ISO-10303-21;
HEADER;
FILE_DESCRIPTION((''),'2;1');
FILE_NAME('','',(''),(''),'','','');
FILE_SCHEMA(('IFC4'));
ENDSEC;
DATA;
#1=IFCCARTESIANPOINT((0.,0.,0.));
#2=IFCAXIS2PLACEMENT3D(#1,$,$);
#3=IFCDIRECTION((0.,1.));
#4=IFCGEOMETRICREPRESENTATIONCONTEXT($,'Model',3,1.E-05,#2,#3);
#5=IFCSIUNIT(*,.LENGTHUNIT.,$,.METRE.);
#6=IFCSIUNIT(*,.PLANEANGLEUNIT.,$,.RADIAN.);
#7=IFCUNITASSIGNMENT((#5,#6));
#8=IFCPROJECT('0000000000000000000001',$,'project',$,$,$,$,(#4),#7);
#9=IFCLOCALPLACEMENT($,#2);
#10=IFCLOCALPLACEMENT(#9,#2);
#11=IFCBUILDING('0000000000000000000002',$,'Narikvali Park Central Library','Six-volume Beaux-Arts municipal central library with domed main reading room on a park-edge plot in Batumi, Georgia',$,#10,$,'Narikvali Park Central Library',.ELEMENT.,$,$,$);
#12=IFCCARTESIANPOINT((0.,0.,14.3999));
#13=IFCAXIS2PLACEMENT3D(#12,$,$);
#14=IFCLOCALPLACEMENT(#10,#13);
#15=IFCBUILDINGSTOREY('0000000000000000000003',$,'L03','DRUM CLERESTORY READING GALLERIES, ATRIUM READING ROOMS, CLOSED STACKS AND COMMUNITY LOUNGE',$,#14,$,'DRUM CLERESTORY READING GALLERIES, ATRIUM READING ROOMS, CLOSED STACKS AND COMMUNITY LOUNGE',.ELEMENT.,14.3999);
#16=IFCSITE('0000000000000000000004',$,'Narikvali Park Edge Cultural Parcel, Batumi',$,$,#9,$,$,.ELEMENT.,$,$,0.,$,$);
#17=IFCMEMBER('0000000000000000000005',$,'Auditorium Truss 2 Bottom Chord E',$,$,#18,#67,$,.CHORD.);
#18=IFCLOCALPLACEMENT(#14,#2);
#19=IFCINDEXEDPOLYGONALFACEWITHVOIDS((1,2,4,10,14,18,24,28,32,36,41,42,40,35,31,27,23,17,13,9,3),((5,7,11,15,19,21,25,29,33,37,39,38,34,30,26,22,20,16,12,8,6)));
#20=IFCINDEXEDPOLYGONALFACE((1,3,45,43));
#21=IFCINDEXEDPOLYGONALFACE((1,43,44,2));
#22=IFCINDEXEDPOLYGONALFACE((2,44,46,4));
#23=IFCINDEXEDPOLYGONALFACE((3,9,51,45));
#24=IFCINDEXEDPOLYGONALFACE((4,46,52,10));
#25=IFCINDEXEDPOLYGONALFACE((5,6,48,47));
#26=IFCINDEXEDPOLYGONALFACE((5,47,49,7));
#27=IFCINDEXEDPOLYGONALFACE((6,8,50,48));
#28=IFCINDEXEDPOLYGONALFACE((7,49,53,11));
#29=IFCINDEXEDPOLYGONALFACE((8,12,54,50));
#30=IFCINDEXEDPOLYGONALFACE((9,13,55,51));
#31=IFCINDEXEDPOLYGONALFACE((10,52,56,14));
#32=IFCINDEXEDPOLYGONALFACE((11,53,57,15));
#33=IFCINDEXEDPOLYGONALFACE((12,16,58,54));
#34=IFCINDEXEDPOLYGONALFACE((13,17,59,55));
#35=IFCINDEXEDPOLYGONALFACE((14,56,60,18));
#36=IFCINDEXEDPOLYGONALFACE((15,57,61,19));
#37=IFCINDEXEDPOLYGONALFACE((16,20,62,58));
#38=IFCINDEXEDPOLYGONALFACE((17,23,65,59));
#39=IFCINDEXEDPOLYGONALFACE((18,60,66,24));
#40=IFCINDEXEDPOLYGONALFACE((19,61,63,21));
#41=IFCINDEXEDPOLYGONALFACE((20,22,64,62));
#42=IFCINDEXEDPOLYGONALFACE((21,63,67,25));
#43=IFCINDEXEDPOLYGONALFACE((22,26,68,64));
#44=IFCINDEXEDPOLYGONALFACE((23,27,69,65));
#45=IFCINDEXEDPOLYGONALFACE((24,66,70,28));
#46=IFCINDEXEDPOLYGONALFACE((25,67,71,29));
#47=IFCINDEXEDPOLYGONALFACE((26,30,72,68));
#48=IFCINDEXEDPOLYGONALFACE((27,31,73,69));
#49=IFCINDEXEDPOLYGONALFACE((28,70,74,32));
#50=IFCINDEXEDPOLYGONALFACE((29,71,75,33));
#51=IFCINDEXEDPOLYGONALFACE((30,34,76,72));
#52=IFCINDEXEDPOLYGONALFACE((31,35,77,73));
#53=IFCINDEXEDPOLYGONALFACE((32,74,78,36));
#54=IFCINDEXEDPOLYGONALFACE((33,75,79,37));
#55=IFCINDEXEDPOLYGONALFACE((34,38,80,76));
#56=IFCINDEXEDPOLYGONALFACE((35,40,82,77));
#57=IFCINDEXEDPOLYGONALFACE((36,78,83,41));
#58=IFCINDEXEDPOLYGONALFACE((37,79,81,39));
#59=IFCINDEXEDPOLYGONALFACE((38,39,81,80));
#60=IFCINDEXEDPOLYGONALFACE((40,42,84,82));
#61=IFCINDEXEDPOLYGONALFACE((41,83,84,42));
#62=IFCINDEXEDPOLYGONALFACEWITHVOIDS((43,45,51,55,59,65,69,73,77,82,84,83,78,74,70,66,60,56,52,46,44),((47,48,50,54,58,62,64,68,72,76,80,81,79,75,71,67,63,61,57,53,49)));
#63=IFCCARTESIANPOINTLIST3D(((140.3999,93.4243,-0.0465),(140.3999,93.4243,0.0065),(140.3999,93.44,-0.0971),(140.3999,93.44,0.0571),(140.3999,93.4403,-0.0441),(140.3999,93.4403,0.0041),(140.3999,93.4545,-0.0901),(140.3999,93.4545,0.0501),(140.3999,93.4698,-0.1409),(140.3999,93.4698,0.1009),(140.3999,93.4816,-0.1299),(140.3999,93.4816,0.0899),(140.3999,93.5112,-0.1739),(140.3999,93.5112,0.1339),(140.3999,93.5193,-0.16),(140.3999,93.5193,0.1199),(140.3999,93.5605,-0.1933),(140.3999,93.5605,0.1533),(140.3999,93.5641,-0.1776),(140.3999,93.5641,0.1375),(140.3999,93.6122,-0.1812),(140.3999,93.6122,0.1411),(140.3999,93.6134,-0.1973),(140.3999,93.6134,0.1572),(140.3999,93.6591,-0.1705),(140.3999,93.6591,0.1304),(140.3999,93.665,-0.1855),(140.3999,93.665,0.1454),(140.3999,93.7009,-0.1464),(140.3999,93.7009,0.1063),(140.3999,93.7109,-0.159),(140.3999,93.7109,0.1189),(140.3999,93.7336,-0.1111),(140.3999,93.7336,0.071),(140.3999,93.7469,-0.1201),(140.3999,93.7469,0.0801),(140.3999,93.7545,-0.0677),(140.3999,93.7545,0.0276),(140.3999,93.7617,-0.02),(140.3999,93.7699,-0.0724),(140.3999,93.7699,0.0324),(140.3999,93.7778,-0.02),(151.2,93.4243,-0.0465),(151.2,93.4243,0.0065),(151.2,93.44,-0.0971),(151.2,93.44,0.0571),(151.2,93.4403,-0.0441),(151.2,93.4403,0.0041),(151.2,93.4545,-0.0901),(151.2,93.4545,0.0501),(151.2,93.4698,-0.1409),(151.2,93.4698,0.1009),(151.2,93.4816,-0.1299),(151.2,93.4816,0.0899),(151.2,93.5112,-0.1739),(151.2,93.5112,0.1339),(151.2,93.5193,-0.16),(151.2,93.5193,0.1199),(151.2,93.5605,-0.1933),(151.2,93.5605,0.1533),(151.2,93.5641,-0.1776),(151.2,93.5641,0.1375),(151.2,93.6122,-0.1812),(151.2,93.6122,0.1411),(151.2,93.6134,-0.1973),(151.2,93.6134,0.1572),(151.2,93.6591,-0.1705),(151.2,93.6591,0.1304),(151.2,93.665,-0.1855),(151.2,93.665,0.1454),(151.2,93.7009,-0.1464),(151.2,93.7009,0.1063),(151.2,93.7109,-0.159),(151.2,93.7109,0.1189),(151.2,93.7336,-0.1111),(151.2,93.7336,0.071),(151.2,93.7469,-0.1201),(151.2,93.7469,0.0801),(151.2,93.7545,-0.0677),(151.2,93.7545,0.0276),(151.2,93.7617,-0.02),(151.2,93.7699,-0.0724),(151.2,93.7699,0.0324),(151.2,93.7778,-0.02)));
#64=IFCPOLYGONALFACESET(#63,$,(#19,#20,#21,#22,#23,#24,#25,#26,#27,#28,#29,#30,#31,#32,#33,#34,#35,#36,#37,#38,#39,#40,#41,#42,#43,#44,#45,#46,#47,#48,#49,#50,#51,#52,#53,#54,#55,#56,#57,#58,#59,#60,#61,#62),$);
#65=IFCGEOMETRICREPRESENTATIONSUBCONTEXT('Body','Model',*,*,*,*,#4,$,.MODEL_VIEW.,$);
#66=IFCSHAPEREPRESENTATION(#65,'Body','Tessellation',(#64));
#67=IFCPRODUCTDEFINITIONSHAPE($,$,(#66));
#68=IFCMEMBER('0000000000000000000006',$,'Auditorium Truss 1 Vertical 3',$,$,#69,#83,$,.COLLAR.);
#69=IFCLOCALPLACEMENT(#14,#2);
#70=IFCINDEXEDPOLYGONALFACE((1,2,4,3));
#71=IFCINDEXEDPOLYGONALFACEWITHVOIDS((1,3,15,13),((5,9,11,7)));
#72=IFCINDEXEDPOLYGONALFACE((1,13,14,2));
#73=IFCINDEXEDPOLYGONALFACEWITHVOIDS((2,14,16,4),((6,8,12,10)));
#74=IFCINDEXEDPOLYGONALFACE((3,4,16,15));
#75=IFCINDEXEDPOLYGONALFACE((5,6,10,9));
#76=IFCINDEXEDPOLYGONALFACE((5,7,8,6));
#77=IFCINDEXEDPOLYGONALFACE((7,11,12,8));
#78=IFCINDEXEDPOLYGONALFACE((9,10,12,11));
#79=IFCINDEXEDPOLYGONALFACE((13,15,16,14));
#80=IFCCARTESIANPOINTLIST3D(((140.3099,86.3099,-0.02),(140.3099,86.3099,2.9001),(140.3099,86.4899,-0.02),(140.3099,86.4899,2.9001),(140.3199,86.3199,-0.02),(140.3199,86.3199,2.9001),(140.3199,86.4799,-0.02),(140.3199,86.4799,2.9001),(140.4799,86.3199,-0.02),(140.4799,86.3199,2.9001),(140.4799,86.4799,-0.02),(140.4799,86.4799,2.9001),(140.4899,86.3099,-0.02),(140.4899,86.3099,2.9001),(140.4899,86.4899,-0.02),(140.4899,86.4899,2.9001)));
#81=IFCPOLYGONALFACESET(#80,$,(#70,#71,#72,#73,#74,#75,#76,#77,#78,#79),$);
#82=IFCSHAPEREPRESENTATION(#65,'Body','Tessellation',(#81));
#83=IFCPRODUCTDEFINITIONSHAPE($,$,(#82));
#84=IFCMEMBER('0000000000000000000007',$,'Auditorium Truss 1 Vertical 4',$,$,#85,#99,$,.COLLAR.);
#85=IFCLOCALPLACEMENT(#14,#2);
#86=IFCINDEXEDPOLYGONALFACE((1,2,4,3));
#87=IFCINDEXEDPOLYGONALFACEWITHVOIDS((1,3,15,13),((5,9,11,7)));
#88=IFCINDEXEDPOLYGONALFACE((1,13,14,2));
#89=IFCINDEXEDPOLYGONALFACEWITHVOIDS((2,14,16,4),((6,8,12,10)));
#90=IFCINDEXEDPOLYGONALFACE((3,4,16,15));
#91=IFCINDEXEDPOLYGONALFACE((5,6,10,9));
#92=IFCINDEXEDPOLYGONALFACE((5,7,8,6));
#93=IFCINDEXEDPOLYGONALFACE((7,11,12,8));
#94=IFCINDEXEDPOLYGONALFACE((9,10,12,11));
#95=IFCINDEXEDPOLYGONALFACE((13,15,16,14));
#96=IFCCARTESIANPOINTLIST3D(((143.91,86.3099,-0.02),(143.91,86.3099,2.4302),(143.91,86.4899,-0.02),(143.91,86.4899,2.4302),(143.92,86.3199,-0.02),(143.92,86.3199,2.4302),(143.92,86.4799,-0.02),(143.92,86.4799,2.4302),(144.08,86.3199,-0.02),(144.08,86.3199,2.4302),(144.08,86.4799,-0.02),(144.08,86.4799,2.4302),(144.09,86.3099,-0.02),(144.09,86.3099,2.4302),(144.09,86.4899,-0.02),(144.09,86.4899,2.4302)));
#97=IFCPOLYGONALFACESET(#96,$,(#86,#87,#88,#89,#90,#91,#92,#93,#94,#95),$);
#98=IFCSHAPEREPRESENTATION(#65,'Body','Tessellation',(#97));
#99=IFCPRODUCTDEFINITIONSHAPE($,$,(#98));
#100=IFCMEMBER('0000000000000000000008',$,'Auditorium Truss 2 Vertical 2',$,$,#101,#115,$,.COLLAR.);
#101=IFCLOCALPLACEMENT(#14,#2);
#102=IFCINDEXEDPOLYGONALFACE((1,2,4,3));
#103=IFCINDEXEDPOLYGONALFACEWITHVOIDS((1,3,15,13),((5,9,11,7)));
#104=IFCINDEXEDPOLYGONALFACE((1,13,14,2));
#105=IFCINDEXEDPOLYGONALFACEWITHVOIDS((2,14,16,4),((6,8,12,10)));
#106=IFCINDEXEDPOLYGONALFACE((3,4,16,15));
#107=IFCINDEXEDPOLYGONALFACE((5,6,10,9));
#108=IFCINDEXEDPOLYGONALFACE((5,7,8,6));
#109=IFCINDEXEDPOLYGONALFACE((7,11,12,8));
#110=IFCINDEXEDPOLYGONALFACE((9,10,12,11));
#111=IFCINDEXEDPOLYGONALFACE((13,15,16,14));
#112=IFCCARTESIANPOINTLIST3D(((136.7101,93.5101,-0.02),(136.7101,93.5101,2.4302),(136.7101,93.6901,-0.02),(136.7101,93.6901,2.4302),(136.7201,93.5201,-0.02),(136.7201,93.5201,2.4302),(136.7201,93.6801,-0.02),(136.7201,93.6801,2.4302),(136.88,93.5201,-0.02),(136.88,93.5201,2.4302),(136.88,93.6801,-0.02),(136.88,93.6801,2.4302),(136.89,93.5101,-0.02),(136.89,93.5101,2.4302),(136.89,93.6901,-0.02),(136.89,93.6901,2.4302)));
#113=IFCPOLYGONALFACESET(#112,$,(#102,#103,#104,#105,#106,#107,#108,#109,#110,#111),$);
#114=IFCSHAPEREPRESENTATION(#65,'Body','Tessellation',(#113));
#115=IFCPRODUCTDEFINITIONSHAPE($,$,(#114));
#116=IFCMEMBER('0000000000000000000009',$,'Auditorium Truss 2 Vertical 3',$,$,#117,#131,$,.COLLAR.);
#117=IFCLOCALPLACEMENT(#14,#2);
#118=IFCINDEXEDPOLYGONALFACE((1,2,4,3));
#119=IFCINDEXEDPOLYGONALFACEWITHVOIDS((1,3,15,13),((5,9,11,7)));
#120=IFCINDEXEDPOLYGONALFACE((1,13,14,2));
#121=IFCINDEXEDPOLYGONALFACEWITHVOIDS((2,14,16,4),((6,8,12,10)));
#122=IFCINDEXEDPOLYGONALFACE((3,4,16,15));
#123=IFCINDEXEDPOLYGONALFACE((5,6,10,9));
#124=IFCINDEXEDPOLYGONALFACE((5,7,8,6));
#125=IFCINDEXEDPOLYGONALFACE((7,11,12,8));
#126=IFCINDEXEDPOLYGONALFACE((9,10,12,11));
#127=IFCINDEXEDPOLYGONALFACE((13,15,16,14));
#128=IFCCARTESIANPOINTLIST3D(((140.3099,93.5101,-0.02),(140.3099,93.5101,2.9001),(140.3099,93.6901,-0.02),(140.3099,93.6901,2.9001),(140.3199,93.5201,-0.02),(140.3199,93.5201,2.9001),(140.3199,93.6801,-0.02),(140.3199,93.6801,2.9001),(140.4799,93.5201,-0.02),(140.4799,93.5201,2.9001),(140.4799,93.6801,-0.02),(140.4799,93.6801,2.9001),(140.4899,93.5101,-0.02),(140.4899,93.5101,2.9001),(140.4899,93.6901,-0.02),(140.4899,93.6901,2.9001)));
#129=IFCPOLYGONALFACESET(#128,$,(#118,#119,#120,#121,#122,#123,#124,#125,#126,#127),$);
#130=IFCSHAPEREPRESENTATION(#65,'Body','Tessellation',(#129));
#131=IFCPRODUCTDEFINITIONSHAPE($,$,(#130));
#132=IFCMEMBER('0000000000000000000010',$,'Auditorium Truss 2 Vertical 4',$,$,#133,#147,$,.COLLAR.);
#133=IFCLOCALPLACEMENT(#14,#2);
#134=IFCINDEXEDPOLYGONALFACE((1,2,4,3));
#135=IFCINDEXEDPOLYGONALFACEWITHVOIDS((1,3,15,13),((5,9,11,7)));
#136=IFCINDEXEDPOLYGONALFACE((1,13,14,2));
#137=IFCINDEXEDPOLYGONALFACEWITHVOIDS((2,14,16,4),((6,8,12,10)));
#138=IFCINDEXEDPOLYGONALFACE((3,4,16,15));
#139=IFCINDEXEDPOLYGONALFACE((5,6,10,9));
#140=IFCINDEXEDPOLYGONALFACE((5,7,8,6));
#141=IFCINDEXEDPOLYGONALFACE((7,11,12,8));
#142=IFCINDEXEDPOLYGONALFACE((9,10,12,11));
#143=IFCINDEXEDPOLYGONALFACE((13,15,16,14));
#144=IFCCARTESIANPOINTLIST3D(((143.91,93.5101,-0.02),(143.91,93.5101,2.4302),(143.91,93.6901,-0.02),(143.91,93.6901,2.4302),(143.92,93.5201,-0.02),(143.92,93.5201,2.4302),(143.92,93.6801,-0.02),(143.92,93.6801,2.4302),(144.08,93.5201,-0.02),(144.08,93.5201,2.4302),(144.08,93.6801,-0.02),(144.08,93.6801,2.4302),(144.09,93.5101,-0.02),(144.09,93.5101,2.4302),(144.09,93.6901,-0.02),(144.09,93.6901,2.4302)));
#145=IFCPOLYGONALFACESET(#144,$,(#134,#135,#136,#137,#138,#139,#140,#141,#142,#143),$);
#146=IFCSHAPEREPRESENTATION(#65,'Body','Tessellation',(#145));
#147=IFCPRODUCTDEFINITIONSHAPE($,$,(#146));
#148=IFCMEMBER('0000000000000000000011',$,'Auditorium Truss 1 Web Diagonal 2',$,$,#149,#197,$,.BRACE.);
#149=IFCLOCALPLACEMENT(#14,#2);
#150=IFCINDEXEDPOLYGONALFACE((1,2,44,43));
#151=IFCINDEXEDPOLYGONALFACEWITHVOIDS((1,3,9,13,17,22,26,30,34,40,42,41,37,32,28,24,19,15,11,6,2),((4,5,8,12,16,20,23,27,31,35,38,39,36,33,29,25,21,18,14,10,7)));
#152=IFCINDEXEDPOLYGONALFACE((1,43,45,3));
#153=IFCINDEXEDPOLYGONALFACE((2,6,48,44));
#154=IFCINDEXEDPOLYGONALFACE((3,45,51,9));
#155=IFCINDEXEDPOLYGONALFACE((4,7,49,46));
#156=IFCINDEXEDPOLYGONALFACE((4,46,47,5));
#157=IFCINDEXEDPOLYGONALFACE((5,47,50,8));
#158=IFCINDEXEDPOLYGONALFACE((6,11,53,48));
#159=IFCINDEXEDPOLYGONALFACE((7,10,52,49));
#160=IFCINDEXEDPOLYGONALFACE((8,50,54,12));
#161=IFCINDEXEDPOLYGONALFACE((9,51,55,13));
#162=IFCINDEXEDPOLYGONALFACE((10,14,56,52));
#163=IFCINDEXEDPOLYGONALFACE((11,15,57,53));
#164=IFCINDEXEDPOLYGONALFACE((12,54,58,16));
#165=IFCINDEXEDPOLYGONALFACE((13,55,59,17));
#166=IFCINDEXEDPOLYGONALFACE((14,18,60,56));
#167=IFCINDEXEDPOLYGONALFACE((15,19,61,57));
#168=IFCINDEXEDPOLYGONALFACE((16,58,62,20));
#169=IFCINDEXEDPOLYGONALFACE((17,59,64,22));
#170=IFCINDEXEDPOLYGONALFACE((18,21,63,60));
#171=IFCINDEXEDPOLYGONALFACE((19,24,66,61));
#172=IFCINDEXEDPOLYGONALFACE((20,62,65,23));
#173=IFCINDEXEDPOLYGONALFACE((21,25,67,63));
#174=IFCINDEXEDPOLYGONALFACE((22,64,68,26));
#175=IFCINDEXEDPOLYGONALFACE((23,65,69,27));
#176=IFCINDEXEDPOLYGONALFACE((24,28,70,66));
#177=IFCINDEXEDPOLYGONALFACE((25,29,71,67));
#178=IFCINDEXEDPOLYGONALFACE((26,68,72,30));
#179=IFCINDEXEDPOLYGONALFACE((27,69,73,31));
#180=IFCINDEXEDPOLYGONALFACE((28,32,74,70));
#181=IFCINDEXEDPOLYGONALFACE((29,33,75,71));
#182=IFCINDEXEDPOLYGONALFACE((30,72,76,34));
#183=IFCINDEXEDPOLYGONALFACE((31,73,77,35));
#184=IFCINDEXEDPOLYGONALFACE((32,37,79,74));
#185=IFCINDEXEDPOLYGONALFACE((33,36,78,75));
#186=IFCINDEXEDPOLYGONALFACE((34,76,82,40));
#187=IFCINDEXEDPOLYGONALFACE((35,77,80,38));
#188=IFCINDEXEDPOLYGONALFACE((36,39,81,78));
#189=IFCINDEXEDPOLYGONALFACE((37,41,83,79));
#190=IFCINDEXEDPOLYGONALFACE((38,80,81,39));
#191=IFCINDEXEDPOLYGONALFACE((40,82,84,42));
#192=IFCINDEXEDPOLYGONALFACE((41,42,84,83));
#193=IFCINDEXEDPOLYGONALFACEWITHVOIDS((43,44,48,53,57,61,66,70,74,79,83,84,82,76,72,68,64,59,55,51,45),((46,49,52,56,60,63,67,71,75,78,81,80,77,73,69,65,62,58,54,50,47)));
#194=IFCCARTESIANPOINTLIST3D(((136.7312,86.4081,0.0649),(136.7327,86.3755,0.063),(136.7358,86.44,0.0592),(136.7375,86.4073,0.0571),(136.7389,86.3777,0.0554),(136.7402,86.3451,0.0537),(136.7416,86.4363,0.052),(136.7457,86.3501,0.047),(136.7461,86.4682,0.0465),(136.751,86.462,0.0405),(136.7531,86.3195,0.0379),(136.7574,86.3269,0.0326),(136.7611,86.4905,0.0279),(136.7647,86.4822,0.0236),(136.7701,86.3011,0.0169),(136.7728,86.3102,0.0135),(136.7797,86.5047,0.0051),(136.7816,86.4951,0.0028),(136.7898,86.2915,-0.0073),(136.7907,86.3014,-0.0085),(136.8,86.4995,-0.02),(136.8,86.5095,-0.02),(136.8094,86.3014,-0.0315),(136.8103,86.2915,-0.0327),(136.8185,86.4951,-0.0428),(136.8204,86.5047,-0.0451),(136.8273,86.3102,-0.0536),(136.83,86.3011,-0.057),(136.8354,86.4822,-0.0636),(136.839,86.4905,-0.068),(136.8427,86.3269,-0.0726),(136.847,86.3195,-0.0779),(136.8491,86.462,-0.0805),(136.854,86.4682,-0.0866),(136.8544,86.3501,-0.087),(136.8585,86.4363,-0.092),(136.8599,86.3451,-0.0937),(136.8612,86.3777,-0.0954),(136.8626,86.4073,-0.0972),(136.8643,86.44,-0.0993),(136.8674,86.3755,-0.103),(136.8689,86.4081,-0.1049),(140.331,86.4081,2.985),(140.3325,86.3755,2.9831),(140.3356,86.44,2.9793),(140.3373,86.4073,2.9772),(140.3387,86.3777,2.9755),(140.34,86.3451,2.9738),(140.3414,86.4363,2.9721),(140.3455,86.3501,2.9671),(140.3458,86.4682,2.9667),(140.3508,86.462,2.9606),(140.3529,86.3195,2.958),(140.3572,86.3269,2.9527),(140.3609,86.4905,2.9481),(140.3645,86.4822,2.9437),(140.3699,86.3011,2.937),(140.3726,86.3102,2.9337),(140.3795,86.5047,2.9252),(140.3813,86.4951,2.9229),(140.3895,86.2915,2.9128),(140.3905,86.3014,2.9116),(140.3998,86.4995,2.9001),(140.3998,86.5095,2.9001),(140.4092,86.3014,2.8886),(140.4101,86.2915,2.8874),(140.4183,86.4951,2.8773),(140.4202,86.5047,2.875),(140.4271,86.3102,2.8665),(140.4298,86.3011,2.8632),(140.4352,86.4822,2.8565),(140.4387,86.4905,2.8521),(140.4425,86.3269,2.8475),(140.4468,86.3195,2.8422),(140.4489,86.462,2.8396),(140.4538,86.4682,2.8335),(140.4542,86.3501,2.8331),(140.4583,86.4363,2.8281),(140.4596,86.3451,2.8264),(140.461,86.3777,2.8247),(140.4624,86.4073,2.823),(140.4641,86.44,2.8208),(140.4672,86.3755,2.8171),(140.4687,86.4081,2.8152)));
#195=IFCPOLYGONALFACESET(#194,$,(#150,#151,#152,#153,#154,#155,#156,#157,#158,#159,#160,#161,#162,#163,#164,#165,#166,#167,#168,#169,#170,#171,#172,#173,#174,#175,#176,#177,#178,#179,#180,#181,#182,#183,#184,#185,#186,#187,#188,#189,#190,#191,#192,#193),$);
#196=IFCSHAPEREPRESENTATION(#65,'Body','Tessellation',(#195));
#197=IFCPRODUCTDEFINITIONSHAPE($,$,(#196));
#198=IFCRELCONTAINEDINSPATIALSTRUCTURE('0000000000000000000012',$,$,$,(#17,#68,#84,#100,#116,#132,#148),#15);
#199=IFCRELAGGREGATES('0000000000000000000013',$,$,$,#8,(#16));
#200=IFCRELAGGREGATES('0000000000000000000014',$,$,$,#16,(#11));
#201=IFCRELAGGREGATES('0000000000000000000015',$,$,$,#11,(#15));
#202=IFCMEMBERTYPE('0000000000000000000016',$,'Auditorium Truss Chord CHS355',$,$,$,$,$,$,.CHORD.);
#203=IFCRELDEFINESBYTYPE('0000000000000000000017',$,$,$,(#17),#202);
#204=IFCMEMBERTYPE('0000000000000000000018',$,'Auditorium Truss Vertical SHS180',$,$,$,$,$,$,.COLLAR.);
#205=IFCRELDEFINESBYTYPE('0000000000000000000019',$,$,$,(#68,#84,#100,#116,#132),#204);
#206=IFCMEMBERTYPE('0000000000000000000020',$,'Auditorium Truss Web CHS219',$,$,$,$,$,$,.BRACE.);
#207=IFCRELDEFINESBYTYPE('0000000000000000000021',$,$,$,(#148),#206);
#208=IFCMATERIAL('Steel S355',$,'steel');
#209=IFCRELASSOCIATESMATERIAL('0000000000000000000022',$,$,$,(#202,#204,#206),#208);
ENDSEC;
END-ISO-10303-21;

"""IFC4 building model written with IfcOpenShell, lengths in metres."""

from ifc_helpers import new_model, si_unit, direction, frame, origin, origin_2d, place, context, subcontext, project, spatial, hollow_rectangle, hollow_circle, extrude, material, material_profile, profile_set, type_object, element, save


model = new_model("IFC4")

# Units and contexts
model_context = context("Model", 3, precision=1e-05, world=origin(), true_north=direction((0.0, 1.0)))
body_context = subcontext(model_context, "Body", "Model", "MODEL_VIEW")
ifc_project = project(units=[si_unit("LENGTHUNIT", "METRE"), si_unit("PLANEANGLEUNIT", "RADIAN")], contexts=[model_context])

# Site, building, storey
site_placement = place(None, origin())
site = spatial("IfcSite", under=ifc_project, at=site_placement, Name="Narikvali Park Edge Cultural Parcel, Batumi", CompositionType="ELEMENT", RefElevation=0.0)
building_placement = place(site_placement, origin())
building = spatial("IfcBuilding", under=site, at=building_placement, Name="Narikvali Park Central Library", Description="Six-volume Beaux-Arts municipal central library with domed main reading room on a park-edge plot in Batumi, Georgia", LongName="Narikvali Park Central Library", CompositionType="ELEMENT")
storey_placement = place(building_placement, frame((0.0, 0.0, 14.3999)))
storey = spatial("IfcBuildingStorey", under=building, at=storey_placement, Name="L03", Description="DRUM CLERESTORY READING GALLERIES, ATRIUM READING ROOMS, CLOSED STACKS AND COMMUNITY LOUNGE", LongName="DRUM CLERESTORY READING GALLERIES, ATRIUM READING ROOMS, CLOSED STACKS AND COMMUNITY LOUNGE", CompositionType="ELEMENT", Elevation=14.3999)

# Members
ifc_material_1 = material(Name="Steel S355", Category="steel")
ifc_material_profile_1 = material_profile(ifc_material_1, hollow_circle(Radius=0.1777, WallThickness=0.0161, at=origin_2d()), Name="CHS 355.6x16")
ifc_profile_set_1 = profile_set([ifc_material_profile_1], Name="Steel S355")
member_type_1 = type_object("IfcMemberType", Name="Auditorium Truss Chord CHS355", PredefinedType="CHORD", material=ifc_profile_set_1)
for number, where, z_axis, x_axis, name in (
    (1, (140.3999, 93.6001, -0.02), (1.0, 0.0, 0.0), (0.0, 1.0, 0.0), "Auditorium Truss 2 Bottom Chord E"),
):
    element("IfcMember", number, at=place(storey_placement, frame(where, z_axis=z_axis, x_axis=x_axis)), inside=storey, type_object=member_type_1, Name=name, PredefinedType="CHORD", context=body_context, shape_type="SweptSolid", body=[
        extrude(hollow_circle(Radius=0.1777, WallThickness=0.0161, at=origin_2d()), origin(), (0.0, 0.0, 1.0), 10.8),
    ])
ifc_material_profile_2 = material_profile(ifc_material_1, hollow_rectangle(XDim=0.1799, YDim=0.1799, WallThickness=0.01, at=origin_2d()), Name="SHS 180x180x10")
ifc_profile_set_2 = profile_set([ifc_material_profile_2], Name="Steel S355")
member_type_2 = type_object("IfcMemberType", Name="Auditorium Truss Vertical SHS180", PredefinedType="COLLAR", material=ifc_profile_set_2)
member_1_placement = place(storey_placement, frame((140.3999, 86.3999, -0.02), z_axis=(0.0, 0.0, 1.0), x_axis=(1.0, 0.0, 0.0)))
element("IfcMember", 2, at=member_1_placement, inside=storey, type_object=member_type_2, Name="Auditorium Truss 1 Vertical 3", PredefinedType="COLLAR", context=body_context, shape_type="SweptSolid", body=[
    extrude(hollow_rectangle(XDim=0.1799, YDim=0.1799, WallThickness=0.01, at=origin_2d()), origin(), (0.0, 0.0, 1.0), 2.9202),
])
for number, where, z_axis, x_axis, name in (
    (3, (144.0, 86.3999, -0.02), (0.0, 0.0, 1.0), (1.0, 0.0, 0.0), "Auditorium Truss 1 Vertical 4"),
    (4, (136.8, 93.6001, -0.02), (0.0, 0.0, 1.0), (1.0, 0.0, 0.0), "Auditorium Truss 2 Vertical 2"),
):
    element("IfcMember", number, at=place(storey_placement, frame(where, z_axis=z_axis, x_axis=x_axis)), inside=storey, type_object=member_type_2, Name=name, PredefinedType="COLLAR", context=body_context, shape_type="SweptSolid", body=[
        extrude(hollow_rectangle(XDim=0.1799, YDim=0.1799, WallThickness=0.01, at=origin_2d()), origin(), (0.0, 0.0, 1.0), 2.4502),
    ])
member_2_placement = place(storey_placement, frame((140.3999, 93.6001, -0.02), z_axis=(0.0, 0.0, 1.0), x_axis=(1.0, 0.0, 0.0)))
element("IfcMember", 5, at=member_2_placement, inside=storey, type_object=member_type_2, Name="Auditorium Truss 2 Vertical 3", PredefinedType="COLLAR", context=body_context, shape_type="SweptSolid", body=[
    extrude(hollow_rectangle(XDim=0.1799, YDim=0.1799, WallThickness=0.01, at=origin_2d()), origin(), (0.0, 0.0, 1.0), 2.9202),
])
member_3_placement = place(storey_placement, frame((144.0, 93.6001, -0.02), z_axis=(0.0, 0.0, 1.0), x_axis=(1.0, 0.0, 0.0)))
element("IfcMember", 6, at=member_3_placement, inside=storey, type_object=member_type_2, Name="Auditorium Truss 2 Vertical 4", PredefinedType="COLLAR", context=body_context, shape_type="SweptSolid", body=[
    extrude(hollow_rectangle(XDim=0.1799, YDim=0.1799, WallThickness=0.01, at=origin_2d()), origin(), (0.0, 0.0, 1.0), 2.4502),
])
ifc_material_profile_3 = material_profile(ifc_material_1, hollow_circle(Radius=0.1096, WallThickness=0.01, at=origin_2d()), Name="CHS 219.1x10")
ifc_profile_set_3 = profile_set([ifc_material_profile_3], Name="Steel S355")
member_type_3 = type_object("IfcMemberType", Name="Auditorium Truss Web CHS219", PredefinedType="BRACE", material=ifc_profile_set_3)
member_4_placement = place(storey_placement, frame((136.8, 86.3999, -0.02), z_axis=(0.776612, 0.0, 0.62998), x_axis=(0.0, 1.0, 0.0)))
element("IfcMember", 7, at=member_4_placement, inside=storey, type_object=member_type_3, Name="Auditorium Truss 1 Web Diagonal 2", PredefinedType="BRACE", context=body_context, shape_type="SweptSolid", body=[
    extrude(hollow_circle(Radius=0.1096, WallThickness=0.01, at=origin_2d()), origin(), (0.0, 0.0, 1.0), 4.6353),
])

save(model, "model.ifc")
